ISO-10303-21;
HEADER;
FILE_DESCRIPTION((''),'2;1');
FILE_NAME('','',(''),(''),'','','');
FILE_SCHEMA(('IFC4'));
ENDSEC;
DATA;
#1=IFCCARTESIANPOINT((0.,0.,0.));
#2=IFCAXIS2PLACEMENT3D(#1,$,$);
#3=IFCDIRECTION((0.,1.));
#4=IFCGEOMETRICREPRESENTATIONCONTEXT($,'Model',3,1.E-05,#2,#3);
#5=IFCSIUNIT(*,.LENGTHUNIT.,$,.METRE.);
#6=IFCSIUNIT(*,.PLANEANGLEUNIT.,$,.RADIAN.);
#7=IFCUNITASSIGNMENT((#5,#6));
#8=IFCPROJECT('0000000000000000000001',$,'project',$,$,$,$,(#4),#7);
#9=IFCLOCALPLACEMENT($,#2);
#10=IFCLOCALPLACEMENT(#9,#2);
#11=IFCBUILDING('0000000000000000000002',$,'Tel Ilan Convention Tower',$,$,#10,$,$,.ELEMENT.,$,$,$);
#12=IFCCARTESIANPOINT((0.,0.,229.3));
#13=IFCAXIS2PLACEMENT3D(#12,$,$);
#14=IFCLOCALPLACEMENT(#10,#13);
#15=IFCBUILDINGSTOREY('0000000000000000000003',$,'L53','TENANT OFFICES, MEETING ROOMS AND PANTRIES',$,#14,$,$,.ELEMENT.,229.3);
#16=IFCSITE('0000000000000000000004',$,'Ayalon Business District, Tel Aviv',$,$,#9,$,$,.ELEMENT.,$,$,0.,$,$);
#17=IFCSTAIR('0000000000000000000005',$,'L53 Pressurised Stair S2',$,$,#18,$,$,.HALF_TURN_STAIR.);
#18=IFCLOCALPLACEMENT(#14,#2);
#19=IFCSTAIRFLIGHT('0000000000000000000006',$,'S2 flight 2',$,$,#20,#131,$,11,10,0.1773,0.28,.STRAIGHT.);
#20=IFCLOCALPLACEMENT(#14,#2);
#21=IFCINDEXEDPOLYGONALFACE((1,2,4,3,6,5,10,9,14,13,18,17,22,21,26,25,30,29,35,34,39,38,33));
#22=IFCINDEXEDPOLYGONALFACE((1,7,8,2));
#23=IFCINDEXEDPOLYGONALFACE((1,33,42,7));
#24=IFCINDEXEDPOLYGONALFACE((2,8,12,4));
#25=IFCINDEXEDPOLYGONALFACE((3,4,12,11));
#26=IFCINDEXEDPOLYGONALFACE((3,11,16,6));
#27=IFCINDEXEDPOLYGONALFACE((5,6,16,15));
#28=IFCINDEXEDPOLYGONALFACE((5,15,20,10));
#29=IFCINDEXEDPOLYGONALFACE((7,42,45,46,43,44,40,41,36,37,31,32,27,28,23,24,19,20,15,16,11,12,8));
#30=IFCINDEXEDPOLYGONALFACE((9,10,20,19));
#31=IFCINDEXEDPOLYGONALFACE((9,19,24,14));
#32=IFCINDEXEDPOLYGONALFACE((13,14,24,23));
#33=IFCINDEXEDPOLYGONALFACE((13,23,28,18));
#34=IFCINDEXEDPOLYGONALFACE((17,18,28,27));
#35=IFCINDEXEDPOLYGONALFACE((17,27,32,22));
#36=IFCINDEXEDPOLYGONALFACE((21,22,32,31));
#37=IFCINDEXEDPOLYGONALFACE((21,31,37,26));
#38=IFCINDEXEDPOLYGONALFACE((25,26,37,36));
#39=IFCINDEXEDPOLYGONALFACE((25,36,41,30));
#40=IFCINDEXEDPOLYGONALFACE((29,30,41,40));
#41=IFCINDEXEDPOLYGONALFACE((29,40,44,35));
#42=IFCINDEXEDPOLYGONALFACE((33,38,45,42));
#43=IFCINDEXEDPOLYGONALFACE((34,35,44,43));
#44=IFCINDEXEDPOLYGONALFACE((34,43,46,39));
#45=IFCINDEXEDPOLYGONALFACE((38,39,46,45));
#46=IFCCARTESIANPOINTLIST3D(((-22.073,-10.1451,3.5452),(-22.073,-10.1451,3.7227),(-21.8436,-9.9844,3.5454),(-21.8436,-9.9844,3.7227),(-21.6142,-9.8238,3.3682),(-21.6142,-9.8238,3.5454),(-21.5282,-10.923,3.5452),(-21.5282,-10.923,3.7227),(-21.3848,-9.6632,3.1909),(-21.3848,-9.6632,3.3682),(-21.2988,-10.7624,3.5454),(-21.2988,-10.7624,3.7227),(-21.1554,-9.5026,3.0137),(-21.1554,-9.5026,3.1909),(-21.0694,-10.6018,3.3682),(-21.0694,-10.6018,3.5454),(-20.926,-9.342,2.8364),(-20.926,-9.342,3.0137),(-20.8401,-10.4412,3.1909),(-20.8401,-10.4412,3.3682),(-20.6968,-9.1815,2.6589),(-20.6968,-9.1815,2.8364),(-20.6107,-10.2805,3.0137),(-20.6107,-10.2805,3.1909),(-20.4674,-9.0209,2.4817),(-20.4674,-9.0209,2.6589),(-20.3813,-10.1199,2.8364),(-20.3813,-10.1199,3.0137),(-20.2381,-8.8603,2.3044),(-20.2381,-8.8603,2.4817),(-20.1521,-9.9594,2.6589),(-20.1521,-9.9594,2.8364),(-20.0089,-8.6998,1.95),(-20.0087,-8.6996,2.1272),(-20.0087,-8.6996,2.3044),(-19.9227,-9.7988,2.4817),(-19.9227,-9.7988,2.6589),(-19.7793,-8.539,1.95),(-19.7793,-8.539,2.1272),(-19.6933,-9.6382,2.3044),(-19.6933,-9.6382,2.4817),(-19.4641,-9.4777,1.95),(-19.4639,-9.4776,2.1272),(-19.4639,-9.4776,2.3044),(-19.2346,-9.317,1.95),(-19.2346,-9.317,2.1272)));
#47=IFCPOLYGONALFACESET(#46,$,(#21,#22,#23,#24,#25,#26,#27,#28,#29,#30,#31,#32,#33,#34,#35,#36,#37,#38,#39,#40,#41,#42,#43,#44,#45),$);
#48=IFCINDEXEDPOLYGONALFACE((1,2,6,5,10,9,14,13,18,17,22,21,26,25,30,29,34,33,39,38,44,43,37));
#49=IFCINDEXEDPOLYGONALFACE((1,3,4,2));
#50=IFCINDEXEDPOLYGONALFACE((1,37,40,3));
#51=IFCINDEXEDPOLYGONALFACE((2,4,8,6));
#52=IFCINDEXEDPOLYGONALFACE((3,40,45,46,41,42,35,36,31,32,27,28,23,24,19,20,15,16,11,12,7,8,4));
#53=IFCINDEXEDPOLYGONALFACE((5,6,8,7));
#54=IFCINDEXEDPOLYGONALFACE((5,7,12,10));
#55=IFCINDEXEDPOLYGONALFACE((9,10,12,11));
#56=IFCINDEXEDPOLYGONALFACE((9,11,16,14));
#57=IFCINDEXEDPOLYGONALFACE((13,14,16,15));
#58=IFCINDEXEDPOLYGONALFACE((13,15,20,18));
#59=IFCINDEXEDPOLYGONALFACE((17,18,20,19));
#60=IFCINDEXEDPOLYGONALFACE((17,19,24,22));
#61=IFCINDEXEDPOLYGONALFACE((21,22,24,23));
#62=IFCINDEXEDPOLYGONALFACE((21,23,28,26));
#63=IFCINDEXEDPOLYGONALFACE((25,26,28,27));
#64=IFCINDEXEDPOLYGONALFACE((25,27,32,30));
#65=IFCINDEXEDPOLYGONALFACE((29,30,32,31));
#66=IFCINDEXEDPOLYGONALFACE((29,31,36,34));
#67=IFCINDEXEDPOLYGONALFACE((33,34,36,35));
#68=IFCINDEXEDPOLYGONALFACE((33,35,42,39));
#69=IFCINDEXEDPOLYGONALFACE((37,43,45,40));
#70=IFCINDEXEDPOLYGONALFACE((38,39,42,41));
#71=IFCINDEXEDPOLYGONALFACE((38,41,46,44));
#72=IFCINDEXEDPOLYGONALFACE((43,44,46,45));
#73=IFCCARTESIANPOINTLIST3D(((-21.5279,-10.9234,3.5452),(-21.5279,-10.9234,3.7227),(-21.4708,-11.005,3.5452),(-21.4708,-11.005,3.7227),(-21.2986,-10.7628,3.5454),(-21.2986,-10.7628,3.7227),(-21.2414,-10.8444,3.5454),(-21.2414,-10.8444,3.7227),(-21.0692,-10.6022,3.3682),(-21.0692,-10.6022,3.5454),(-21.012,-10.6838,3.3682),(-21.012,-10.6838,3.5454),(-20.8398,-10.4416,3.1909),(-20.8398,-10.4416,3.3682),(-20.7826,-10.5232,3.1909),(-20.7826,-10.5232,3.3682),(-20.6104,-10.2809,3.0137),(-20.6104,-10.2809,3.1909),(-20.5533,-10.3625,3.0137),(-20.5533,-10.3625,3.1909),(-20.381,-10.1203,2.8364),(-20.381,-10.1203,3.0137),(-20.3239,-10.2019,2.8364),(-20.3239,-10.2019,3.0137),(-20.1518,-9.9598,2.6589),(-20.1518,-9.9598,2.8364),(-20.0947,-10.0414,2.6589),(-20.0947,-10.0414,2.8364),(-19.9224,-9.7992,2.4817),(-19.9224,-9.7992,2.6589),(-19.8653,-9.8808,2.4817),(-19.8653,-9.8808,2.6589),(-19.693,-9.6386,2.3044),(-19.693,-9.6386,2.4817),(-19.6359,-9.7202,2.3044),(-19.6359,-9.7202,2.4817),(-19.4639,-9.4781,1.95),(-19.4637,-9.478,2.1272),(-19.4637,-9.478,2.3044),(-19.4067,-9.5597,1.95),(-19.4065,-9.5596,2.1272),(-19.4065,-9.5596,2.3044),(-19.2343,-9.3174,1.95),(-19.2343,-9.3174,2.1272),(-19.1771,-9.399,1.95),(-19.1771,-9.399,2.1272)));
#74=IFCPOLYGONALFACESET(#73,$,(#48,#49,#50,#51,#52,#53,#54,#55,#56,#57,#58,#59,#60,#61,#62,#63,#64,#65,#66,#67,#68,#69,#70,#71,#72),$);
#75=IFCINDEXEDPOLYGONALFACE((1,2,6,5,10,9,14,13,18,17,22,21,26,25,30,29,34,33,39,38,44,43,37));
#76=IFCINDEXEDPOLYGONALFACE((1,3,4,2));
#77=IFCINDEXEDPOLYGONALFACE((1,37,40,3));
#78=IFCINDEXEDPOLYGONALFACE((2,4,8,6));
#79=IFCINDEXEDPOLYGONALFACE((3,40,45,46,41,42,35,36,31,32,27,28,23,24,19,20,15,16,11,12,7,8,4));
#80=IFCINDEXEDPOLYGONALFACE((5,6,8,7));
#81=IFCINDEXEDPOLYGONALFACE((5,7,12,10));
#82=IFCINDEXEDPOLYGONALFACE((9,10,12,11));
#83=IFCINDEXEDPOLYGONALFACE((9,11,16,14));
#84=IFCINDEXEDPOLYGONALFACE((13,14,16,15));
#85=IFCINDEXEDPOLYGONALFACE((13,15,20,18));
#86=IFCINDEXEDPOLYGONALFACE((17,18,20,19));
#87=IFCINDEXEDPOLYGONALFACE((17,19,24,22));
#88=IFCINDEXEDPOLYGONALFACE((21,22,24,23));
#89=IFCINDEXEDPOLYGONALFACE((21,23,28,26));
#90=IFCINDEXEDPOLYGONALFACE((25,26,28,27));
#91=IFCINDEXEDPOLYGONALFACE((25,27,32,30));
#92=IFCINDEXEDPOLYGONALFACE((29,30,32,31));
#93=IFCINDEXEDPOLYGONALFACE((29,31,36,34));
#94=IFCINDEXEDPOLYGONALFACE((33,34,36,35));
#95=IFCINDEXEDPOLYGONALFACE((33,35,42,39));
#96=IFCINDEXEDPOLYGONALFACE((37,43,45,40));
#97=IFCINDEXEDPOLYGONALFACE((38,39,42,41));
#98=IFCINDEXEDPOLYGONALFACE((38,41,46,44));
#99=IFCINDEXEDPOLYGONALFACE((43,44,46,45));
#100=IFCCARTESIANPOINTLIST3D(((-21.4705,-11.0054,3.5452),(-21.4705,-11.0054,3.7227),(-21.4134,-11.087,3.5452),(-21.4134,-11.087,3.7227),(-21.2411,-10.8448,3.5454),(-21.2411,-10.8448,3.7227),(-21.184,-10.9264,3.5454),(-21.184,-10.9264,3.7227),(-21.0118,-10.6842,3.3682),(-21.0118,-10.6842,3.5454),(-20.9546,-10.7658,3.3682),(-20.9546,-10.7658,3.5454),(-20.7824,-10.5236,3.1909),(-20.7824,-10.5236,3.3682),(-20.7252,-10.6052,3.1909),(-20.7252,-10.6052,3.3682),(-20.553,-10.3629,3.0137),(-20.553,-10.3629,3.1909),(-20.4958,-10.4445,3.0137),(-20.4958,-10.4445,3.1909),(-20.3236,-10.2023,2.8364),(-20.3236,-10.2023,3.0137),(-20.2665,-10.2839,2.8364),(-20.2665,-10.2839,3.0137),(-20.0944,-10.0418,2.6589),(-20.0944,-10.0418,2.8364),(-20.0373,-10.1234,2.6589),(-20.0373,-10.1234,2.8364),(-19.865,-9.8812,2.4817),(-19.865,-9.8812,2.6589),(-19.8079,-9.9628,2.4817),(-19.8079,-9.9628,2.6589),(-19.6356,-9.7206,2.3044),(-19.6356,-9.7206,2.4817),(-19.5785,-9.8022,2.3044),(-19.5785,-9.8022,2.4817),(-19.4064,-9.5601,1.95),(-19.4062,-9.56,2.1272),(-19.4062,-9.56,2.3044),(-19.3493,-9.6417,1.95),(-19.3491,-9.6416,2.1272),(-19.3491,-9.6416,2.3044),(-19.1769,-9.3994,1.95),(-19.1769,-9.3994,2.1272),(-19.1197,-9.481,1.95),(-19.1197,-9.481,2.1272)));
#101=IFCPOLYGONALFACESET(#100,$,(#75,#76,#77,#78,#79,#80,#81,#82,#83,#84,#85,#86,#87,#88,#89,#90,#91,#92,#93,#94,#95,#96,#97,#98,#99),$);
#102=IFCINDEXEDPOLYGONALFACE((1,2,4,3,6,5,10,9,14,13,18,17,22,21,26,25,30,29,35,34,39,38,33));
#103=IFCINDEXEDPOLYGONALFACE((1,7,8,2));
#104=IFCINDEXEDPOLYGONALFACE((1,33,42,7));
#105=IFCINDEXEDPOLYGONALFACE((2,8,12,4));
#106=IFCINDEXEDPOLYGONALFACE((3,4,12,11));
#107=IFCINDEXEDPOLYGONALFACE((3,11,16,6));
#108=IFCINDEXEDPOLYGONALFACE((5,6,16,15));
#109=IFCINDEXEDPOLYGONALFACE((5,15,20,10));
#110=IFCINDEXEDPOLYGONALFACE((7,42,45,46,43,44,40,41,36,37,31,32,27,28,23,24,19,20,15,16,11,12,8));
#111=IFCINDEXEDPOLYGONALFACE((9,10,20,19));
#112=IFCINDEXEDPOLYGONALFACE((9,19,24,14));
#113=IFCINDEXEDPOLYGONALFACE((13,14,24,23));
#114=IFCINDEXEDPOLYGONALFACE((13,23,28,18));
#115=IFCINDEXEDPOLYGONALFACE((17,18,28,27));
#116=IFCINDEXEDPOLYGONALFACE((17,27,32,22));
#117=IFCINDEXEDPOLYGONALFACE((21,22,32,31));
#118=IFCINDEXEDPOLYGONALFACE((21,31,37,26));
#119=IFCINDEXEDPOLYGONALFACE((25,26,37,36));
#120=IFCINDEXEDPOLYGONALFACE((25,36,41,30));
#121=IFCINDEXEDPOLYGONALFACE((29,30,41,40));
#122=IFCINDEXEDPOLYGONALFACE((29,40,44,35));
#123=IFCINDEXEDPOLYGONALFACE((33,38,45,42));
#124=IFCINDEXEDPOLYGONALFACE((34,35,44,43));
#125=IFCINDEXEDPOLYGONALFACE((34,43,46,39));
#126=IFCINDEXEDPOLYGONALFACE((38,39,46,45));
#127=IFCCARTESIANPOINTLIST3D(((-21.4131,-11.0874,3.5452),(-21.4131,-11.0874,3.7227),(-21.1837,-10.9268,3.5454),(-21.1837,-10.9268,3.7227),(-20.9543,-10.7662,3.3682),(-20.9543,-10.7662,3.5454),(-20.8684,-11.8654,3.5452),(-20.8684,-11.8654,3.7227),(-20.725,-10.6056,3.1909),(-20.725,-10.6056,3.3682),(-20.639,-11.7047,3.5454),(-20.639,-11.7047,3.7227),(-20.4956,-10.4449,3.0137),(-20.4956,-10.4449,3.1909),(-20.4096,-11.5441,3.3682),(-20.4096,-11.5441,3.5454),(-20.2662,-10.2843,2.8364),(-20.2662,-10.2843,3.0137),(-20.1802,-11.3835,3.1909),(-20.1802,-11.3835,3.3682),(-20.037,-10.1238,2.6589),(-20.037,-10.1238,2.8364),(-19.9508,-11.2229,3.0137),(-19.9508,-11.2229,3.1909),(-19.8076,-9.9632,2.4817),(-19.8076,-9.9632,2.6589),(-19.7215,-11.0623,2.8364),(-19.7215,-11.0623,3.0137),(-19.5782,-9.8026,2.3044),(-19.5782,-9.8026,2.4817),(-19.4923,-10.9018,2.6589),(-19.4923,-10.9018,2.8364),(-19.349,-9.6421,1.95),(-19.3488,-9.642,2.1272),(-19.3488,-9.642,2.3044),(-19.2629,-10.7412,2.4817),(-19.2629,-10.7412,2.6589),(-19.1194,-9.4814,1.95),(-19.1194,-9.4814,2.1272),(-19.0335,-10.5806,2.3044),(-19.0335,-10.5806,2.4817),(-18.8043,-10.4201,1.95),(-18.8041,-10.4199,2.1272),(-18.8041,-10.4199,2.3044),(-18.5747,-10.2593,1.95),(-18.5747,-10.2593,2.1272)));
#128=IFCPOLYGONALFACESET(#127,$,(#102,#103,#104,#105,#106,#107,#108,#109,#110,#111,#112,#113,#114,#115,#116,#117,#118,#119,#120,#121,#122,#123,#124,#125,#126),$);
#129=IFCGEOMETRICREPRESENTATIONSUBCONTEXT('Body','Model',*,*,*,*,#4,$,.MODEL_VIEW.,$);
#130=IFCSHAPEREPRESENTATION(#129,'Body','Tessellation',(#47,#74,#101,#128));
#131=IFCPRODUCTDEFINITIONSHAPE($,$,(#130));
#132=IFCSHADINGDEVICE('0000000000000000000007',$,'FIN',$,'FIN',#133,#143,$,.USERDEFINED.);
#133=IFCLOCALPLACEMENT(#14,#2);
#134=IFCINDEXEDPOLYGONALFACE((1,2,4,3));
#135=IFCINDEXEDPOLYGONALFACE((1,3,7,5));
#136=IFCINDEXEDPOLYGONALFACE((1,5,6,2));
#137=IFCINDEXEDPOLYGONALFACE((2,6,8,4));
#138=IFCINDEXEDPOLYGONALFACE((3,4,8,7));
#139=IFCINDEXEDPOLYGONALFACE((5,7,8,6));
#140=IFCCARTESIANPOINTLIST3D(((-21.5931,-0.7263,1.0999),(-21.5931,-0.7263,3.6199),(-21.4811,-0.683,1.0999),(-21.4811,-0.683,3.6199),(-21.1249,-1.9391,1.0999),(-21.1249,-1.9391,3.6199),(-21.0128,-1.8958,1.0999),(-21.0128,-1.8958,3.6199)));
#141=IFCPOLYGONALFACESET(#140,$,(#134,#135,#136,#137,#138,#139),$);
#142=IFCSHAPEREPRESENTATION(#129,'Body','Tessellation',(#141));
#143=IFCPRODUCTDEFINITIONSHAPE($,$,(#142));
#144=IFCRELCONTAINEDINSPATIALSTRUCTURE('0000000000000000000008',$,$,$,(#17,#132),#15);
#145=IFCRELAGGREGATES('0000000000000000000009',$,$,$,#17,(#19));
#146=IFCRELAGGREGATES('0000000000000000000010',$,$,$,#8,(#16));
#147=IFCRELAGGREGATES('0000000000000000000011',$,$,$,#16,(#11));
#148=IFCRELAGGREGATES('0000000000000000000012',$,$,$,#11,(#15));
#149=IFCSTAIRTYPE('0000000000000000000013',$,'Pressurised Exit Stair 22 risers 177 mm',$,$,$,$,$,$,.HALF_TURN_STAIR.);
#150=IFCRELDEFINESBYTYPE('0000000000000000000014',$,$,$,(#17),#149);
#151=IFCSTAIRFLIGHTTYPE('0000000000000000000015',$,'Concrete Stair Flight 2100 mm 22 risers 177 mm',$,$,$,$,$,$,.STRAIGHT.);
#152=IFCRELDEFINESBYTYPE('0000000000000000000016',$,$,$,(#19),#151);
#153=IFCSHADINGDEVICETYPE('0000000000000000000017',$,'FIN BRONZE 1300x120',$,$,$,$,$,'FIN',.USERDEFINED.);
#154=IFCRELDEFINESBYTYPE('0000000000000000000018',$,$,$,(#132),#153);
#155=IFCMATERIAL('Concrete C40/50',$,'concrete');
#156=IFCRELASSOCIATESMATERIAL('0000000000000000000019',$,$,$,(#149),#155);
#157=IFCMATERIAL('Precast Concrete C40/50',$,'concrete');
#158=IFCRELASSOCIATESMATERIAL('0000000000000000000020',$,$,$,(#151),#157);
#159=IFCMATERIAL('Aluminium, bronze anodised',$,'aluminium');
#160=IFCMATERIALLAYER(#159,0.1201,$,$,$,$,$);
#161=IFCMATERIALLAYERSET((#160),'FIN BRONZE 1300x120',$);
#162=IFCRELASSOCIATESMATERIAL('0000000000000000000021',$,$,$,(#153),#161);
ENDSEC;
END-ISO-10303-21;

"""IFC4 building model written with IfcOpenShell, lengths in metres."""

from ifc_helpers import new_model, si_unit, direction, frame, origin, origin_2d, place, context, subcontext, project, spatial, polyline, rectangle, outline, extrude, material, layer, layer_set, type_object, element, aggregate, save


model = new_model("IFC4")

# Units and contexts
model_context = context("Model", 3, precision=1e-05, world=origin(), true_north=direction((0.0, 1.0)))
body_context = subcontext(model_context, "Body", "Model", "MODEL_VIEW")
ifc_project = project(units=[si_unit("LENGTHUNIT", "METRE"), si_unit("PLANEANGLEUNIT", "RADIAN")], contexts=[model_context])

# Site, building, storey
site_placement = place(None, origin())
site = spatial("IfcSite", under=ifc_project, at=site_placement, Name="Ayalon Business District, Tel Aviv", CompositionType="ELEMENT", RefElevation=0.0)
building_placement = place(site_placement, origin())
building = spatial("IfcBuilding", under=site, at=building_placement, Name="Tel Ilan Convention Tower", CompositionType="ELEMENT")
storey_placement = place(building_placement, frame((0.0, 0.0, 229.3)))
storey = spatial("IfcBuildingStorey", under=building, at=storey_placement, Name="L53", Description="TENANT OFFICES, MEETING ROOMS AND PANTRIES", CompositionType="ELEMENT", Elevation=229.3)

# Stair, stair flight
ifc_material_1 = material(Name="Concrete C40/50", Category="concrete")
stair_type = type_object("IfcStairType", Name="Pressurised Exit Stair 22 risers 177 mm", PredefinedType="HALF_TURN_STAIR", material=ifc_material_1)
ifc_material_2 = material(Name="Precast Concrete C40/50", Category="concrete")
stair_flight_type = type_object("IfcStairFlightType", Name="Concrete Stair Flight 2100 mm 22 risers 177 mm", PredefinedType="STRAIGHT", material=ifc_material_2)
stair_1_placement = place(storey_placement, origin())
stair_1 = element("IfcStair", 1, at=stair_1_placement, inside=storey, type_object=stair_type, Name="L53 Pressurised Stair S2", PredefinedType="HALF_TURN_STAIR")
stair_flight_1_placement = place(storey_placement, frame((-19.177, -9.3992, 1.95), z_axis=(0.0, 0.0, 1.0), x_axis=(-0.819152, -0.573576, 0.0)))
stair_flight_1 = element("IfcStairFlight", 2, at=stair_flight_1_placement, type_object=stair_flight_type, Name="S2 flight 2", NumberOfRisers=11, NumberOfTreads=10, PredefinedType="STRAIGHT", RiserHeight=0.1773, TreadLength=0.28, context=body_context, shape_type="SweptSolid", body=[
    extrude(outline(polyline([(0.0, 0.0), (0.0, 0.1772), (0.28, 0.1772), (0.28, 0.3545), (0.5601, 0.3545), (0.5601, 0.5317), (0.8401, 0.5317), (0.8401, 0.709), (1.1201, 0.709), (1.1201, 0.8865), (1.3999, 0.8865), (1.3999, 1.0637), (1.6799, 1.0637), (1.6799, 1.241), (1.96, 1.241), (1.96, 1.4182), (2.24, 1.4182), (2.24, 1.5955), (2.52, 1.5955), (2.52, 1.7727), (2.8, 1.7727), (2.8, 1.95), (2.8, 1.5952), (0.2803, 0.0), (0.0, 0.0)])), frame((0.0, -0.1003, 0.0), z_axis=(0.0, -1.0, 0.0), x_axis=(1.0, 0.0, 0.0)), (0.0, 0.0, 1.0), 0.9497),
    extrude(outline(polyline([(0.0, 0.0), (0.0, 0.1772), (0.28, 0.1772), (0.28, 0.3545), (0.5601, 0.3545), (0.5601, 0.5317), (0.8401, 0.5317), (0.8401, 0.709), (1.1201, 0.709), (1.1201, 0.8865), (1.3999, 0.8865), (1.3999, 1.0637), (1.6799, 1.0637), (1.6799, 1.241), (1.96, 1.241), (1.96, 1.4182), (2.24, 1.4182), (2.24, 1.5955), (2.52, 1.5955), (2.52, 1.7727), (2.8, 1.7727), (2.8, 1.95), (2.8, 1.5952), (0.2803, 0.0), (0.0, 0.0)])), frame((0.0, -0.0002, 0.0), z_axis=(0.0, -1.0, 0.0), x_axis=(1.0, 0.0, 0.0)), (0.0, 0.0, 1.0), 0.0996),
    extrude(outline(polyline([(0.0, 0.0), (0.0, 0.1772), (0.28, 0.1772), (0.28, 0.3545), (0.5601, 0.3545), (0.5601, 0.5317), (0.8401, 0.5317), (0.8401, 0.709), (1.1201, 0.709), (1.1201, 0.8865), (1.3999, 0.8865), (1.3999, 1.0637), (1.6799, 1.0637), (1.6799, 1.241), (1.96, 1.241), (1.96, 1.4182), (2.24, 1.4182), (2.24, 1.5955), (2.52, 1.5955), (2.52, 1.7727), (2.8, 1.7727), (2.8, 1.95), (2.8, 1.5952), (0.2803, 0.0), (0.0, 0.0)])), frame((0.0, 0.0999, 0.0), z_axis=(0.0, -1.0, 0.0), x_axis=(1.0, 0.0, 0.0)), (0.0, 0.0, 1.0), 0.0996),
    extrude(outline(polyline([(0.0, 0.0), (0.0, 0.1772), (0.28, 0.1772), (0.28, 0.3545), (0.5601, 0.3545), (0.5601, 0.5317), (0.8401, 0.5317), (0.8401, 0.709), (1.1201, 0.709), (1.1201, 0.8865), (1.3999, 0.8865), (1.3999, 1.0637), (1.6799, 1.0637), (1.6799, 1.241), (1.96, 1.241), (1.96, 1.4182), (2.24, 1.4182), (2.24, 1.5955), (2.52, 1.5955), (2.52, 1.7727), (2.8, 1.7727), (2.8, 1.95), (2.8, 1.5952), (0.2803, 0.0), (0.0, 0.0)])), frame((0.0, 1.05, 0.0), z_axis=(0.0, -1.0, 0.0), x_axis=(1.0, 0.0, 0.0)), (0.0, 0.0, 1.0), 0.9497),
])
aggregate(stair_1, [stair_flight_1])

# Shading device
ifc_material_3 = material(Name="Aluminium, bronze anodised", Category="aluminium")
ifc_layer_1 = layer(ifc_material_3, 0.1201)
ifc_layer_set_1 = layer_set([ifc_layer_1], Name="FIN BRONZE 1300x120")
shading_device_type = type_object("IfcShadingDeviceType", Name="FIN BRONZE 1300x120", ElementType="FIN", PredefinedType="USERDEFINED", material=ifc_layer_set_1)
shading_device_placement = place(storey_placement, frame((-21.303, -1.311, 1.0999), z_axis=(0.0, 0.0, 1.0), x_axis=(-0.360178, 0.932884, 0.0)))
element("IfcShadingDevice", 3, at=shading_device_placement, inside=storey, type_object=shading_device_type, Name="FIN", ObjectType="FIN", PredefinedType="USERDEFINED", context=body_context, shape_type="SweptSolid", body=[
    extrude(rectangle(XDim=1.3, YDim=0.1201, at=origin_2d()), origin(), (0.0, 0.0, 1.0), 2.52),
])

save(model, "model.ifc")
